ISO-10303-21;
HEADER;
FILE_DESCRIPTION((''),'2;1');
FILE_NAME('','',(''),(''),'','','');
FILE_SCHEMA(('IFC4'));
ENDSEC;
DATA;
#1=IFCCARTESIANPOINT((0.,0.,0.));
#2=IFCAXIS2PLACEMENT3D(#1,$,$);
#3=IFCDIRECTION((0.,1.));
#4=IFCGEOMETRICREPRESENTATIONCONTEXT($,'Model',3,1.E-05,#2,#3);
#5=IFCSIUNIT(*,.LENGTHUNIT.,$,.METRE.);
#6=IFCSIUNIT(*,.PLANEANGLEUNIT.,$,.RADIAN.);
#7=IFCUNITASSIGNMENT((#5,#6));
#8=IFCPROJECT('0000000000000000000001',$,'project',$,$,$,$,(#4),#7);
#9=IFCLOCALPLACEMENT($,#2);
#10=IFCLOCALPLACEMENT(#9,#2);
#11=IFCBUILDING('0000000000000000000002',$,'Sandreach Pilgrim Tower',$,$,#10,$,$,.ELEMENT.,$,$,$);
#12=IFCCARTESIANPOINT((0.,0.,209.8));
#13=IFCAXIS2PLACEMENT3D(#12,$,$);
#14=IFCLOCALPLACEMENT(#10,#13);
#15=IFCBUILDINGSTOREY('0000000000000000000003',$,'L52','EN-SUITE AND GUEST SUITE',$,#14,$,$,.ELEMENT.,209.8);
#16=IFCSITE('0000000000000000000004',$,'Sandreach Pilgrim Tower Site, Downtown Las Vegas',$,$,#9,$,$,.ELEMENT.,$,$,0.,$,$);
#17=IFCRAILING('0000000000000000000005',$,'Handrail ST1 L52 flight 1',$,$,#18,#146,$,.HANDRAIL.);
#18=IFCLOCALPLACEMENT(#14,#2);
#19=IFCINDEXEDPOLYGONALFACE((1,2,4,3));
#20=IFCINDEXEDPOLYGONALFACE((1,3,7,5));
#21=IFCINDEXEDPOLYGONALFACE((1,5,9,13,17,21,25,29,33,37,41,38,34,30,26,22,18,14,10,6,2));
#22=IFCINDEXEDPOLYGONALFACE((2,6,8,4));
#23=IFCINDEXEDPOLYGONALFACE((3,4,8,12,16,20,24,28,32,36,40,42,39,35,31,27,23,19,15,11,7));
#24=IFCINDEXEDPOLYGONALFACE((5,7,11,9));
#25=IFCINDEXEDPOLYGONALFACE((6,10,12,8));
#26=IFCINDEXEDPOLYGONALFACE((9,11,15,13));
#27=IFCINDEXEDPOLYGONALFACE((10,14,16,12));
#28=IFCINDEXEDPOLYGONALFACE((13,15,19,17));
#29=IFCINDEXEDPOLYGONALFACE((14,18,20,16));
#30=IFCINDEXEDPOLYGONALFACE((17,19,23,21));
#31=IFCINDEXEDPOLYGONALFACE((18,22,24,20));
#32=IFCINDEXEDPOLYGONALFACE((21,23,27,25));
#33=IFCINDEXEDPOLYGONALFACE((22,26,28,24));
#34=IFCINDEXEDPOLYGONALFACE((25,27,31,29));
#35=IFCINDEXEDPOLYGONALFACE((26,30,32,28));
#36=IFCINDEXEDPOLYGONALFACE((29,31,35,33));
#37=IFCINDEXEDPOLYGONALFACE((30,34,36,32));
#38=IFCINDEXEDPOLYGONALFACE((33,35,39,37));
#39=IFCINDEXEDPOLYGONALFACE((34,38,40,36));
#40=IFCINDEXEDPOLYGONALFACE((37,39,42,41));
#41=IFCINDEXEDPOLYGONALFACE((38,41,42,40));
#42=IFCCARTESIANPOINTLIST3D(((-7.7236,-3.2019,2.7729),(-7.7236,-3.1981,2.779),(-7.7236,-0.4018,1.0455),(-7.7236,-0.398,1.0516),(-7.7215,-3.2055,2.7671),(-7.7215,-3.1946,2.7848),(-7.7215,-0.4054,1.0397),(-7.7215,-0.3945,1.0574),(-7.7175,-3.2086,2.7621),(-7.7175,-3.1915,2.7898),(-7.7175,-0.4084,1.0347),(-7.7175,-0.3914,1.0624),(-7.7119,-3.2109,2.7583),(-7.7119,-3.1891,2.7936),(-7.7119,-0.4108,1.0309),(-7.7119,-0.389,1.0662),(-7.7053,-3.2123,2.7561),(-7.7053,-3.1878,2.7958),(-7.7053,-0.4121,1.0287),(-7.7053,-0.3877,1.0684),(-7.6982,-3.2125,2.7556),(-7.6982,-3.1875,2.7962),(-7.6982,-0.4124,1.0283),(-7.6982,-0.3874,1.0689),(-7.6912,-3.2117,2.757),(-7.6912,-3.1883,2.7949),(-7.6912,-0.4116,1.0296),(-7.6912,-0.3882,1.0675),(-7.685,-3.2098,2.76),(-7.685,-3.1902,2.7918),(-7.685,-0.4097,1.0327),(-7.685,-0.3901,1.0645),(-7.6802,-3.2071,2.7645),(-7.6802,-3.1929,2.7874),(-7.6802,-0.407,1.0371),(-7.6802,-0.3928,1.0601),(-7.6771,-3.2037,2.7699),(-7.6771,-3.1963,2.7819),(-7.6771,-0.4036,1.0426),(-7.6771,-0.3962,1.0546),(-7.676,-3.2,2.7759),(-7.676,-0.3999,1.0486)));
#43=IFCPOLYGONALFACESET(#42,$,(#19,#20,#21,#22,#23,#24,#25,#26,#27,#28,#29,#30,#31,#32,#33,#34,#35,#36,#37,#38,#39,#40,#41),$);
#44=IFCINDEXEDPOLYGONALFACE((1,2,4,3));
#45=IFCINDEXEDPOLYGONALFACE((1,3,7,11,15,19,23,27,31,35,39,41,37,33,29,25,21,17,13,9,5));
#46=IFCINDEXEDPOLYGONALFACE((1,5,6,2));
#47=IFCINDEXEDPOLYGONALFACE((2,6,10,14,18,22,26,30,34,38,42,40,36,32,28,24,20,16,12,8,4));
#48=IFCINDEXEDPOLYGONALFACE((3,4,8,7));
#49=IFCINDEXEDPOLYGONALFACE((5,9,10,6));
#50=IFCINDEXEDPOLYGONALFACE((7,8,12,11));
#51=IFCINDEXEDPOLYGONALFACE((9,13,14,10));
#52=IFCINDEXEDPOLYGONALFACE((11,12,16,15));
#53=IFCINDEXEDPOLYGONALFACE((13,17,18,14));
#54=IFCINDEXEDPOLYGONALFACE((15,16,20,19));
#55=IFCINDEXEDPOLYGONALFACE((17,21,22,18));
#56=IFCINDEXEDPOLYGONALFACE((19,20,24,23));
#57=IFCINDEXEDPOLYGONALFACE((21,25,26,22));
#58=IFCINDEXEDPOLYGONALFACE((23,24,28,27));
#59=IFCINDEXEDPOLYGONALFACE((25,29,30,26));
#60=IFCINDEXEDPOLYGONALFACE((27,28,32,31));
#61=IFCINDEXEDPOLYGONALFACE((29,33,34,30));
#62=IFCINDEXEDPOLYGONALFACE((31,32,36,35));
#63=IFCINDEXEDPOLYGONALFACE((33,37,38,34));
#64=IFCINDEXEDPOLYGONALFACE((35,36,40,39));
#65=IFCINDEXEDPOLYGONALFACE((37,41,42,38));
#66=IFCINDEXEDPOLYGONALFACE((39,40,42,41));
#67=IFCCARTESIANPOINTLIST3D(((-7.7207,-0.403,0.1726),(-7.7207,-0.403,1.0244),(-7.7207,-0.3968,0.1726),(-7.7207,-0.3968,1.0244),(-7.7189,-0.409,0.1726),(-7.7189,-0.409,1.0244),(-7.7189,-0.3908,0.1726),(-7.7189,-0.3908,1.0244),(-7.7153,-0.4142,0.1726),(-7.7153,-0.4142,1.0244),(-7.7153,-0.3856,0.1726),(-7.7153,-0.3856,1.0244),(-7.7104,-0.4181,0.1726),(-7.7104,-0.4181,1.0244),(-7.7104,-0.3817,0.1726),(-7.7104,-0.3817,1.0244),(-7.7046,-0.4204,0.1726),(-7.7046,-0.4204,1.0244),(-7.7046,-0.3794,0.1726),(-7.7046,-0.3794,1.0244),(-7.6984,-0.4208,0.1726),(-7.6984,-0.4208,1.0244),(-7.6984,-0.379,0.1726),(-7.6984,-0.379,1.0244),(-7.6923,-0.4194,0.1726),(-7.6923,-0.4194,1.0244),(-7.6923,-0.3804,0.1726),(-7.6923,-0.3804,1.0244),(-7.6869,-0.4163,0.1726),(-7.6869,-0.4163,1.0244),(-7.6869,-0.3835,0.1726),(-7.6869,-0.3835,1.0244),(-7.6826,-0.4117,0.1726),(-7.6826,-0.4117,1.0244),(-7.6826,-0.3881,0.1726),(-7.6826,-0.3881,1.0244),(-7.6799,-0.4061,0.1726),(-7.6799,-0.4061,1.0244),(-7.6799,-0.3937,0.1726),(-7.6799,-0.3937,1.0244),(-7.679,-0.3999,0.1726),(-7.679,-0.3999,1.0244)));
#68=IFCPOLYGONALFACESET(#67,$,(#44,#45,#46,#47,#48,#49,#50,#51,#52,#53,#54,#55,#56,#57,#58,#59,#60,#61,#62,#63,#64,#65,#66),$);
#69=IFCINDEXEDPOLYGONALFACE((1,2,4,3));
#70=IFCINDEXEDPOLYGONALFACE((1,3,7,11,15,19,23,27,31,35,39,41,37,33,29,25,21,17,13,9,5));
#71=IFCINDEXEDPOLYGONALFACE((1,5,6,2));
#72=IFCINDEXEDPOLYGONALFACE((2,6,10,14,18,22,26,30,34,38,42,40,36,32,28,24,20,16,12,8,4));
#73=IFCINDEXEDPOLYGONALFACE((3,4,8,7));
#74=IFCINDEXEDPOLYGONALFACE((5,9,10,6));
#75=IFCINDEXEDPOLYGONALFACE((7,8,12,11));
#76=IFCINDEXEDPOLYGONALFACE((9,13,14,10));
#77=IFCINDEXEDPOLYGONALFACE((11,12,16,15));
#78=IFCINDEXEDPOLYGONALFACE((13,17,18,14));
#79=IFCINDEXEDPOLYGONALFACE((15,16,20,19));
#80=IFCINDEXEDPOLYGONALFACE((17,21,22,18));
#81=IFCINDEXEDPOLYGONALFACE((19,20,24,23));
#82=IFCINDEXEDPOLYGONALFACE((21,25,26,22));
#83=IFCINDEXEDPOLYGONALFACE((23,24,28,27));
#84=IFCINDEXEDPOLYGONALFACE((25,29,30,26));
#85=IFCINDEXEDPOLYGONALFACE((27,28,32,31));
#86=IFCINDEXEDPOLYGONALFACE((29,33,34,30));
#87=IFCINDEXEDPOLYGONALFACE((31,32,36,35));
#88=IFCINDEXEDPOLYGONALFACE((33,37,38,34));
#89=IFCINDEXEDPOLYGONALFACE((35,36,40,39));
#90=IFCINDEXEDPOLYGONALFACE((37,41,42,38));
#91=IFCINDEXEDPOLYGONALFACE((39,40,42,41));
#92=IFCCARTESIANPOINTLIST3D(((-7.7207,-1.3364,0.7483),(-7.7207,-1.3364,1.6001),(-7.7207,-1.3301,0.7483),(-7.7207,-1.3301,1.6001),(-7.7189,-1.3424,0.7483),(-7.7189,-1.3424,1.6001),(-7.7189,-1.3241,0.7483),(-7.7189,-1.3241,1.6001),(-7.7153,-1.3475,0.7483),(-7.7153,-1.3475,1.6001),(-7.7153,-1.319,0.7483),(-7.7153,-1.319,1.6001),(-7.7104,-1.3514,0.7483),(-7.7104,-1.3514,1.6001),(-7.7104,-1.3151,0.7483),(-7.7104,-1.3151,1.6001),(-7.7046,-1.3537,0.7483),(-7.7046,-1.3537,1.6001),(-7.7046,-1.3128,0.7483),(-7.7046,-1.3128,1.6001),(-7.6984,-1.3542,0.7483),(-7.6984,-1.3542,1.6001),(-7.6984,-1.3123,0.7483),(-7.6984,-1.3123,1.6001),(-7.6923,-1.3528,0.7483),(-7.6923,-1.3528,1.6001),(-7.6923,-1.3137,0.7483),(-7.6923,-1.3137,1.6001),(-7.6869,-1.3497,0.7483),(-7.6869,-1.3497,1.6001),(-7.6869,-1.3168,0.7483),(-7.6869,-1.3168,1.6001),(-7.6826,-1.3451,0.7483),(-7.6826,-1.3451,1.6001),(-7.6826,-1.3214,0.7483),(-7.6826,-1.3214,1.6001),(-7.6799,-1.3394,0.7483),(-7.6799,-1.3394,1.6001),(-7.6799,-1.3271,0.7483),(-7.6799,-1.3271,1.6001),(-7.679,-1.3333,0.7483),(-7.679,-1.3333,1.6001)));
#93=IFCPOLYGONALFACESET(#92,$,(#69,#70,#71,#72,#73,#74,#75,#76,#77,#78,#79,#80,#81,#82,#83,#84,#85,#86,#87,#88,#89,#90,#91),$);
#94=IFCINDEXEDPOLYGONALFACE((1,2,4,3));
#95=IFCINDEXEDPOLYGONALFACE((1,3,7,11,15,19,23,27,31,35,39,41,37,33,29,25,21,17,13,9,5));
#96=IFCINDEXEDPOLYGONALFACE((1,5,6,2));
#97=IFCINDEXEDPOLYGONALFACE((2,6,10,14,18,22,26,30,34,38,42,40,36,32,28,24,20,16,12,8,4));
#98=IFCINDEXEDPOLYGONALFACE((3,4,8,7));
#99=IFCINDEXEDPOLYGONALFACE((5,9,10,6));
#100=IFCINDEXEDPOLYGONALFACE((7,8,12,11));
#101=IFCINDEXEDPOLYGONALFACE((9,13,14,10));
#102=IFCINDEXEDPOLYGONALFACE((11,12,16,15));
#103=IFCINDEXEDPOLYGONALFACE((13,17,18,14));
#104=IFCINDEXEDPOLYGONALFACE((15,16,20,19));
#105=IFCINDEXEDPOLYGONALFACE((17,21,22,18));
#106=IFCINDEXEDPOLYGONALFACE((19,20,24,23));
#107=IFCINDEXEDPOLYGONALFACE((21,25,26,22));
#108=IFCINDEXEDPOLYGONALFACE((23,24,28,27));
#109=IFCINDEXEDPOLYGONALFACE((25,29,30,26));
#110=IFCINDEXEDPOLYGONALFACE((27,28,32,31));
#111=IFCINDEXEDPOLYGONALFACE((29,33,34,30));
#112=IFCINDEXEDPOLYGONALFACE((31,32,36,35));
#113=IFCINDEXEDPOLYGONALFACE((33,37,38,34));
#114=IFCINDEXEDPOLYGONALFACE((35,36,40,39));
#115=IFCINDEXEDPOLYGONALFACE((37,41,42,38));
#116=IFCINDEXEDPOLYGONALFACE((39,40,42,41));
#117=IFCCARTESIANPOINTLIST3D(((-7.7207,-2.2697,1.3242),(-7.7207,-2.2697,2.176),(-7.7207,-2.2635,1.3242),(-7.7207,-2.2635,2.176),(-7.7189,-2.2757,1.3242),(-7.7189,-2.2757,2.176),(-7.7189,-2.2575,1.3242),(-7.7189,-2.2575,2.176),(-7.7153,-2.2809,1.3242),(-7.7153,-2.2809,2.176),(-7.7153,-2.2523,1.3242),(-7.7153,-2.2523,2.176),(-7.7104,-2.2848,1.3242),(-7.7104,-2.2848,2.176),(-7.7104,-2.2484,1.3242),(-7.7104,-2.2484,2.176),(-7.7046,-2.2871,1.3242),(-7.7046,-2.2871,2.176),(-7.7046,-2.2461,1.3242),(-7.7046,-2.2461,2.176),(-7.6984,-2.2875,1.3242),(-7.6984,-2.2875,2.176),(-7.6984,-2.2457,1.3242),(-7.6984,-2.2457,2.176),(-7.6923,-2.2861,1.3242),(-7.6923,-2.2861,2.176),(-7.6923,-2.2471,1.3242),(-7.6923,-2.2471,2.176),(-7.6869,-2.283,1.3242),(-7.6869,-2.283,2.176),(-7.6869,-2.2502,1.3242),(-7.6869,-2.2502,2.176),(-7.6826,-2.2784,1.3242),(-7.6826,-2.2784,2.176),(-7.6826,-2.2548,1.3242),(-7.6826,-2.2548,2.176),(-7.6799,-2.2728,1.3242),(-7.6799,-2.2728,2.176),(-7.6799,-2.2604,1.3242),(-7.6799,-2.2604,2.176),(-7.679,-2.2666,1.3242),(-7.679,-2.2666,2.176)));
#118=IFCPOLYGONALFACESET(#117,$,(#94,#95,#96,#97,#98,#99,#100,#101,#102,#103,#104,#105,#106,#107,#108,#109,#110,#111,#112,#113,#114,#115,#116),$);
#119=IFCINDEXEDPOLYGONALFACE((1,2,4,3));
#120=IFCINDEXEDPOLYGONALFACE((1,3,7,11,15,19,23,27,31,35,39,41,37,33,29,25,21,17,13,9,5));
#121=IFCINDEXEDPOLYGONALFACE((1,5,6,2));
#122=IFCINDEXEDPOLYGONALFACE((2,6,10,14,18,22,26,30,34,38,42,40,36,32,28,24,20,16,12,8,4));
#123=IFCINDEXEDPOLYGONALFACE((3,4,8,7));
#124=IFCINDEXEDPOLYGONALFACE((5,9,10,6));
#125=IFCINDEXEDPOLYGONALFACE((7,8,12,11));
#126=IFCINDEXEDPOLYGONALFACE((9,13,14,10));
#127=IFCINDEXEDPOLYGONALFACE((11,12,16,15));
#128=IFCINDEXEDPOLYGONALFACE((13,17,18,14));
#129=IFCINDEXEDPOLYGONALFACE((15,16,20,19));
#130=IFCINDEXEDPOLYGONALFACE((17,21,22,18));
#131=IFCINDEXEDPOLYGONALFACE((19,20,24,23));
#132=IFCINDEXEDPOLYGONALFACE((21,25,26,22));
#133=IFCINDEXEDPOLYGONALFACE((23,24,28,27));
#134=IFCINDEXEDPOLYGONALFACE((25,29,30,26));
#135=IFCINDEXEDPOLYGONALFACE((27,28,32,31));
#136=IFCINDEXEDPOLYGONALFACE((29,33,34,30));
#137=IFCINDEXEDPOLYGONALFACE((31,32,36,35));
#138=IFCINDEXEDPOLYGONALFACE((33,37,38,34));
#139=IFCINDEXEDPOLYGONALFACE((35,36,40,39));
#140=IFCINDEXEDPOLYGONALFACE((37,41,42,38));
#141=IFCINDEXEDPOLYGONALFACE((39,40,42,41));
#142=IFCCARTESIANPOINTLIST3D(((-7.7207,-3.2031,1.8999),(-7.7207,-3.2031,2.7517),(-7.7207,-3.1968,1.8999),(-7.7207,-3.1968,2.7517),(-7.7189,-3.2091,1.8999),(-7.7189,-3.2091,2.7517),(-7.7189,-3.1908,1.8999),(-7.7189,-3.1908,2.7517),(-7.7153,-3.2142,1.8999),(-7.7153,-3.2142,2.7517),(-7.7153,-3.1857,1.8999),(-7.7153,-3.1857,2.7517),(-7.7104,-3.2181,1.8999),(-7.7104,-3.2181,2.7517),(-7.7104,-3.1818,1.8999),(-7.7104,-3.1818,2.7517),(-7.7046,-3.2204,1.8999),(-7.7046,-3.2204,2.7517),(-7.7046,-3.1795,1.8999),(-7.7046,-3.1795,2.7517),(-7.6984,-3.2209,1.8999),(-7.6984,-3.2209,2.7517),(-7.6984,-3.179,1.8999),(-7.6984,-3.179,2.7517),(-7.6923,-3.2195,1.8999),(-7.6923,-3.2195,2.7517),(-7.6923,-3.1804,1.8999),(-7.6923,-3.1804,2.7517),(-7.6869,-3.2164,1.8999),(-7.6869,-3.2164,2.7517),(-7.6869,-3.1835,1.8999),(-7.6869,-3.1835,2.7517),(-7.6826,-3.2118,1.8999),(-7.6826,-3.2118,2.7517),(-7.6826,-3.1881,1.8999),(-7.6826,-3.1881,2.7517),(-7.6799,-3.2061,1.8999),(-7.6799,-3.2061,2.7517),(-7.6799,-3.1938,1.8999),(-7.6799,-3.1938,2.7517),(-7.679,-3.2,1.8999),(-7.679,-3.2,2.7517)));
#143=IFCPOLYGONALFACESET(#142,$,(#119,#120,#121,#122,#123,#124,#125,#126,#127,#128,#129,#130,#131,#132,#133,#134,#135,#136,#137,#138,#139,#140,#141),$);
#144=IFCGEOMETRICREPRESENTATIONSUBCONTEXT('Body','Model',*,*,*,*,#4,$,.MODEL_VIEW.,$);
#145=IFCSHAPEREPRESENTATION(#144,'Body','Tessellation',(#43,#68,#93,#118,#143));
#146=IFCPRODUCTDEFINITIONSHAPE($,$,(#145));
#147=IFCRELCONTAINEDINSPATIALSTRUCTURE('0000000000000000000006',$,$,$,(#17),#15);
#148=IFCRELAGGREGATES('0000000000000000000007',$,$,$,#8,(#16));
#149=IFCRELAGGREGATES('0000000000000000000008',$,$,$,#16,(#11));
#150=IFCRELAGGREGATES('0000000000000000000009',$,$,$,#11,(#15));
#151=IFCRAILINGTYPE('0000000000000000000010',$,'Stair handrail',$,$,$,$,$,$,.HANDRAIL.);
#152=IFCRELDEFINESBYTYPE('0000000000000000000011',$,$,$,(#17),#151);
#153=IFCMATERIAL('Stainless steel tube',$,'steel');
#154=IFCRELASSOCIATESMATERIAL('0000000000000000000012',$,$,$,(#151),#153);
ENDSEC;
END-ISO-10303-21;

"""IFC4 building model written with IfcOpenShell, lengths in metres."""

from ifc_helpers import new_model, si_unit, direction, frame, origin, origin_2d, place, context, subcontext, project, spatial, circle, extrude, material, type_object, element, save


model = new_model("IFC4")

# Units and contexts
model_context = context("Model", 3, precision=1e-05, world=origin(), true_north=direction((0.0, 1.0)))
body_context = subcontext(model_context, "Body", "Model", "MODEL_VIEW")
ifc_project = project(units=[si_unit("LENGTHUNIT", "METRE"), si_unit("PLANEANGLEUNIT", "RADIAN")], contexts=[model_context])

# Site, building, storey
site_placement = place(None, origin())
site = spatial("IfcSite", under=ifc_project, at=site_placement, Name="Sandreach Pilgrim Tower Site, Downtown Las Vegas", CompositionType="ELEMENT", RefElevation=0.0)
building_placement = place(site_placement, origin())
building = spatial("IfcBuilding", under=site, at=building_placement, Name="Sandreach Pilgrim Tower", CompositionType="ELEMENT")
storey_placement = place(building_placement, frame((0.0, 0.0, 209.8)))
storey = spatial("IfcBuildingStorey", under=building, at=storey_placement, Name="L52", Description="EN-SUITE AND GUEST SUITE", CompositionType="ELEMENT", Elevation=209.8)

# Railing
ifc_material_1 = material(Name="Stainless steel tube", Category="steel")
railing_type = type_object("IfcRailingType", Name="Stair handrail", PredefinedType="HANDRAIL", material=ifc_material_1)
for number, where, name in (
    (1, (-7.7, -0.3999, 0.1726), "Handrail ST1 L52 flight 1"),
):
    element("IfcRailing", number, at=place(storey_placement, frame(where)), inside=storey, type_object=railing_type, Name=name, PredefinedType="HANDRAIL", context=body_context, shape_type="SweptSolid", body=[
        extrude(circle(Radius=0.0239, at=origin_2d()), frame((0.0, 0.0, 0.876), z_axis=(0.0, -0.85109, 0.52502), x_axis=(1.0, 0.0, 0.0)), (0.0, 0.0, 1.0), 3.29),
        extrude(circle(Radius=0.021, at=origin_2d()), origin(), (0.0, 0.0, 1.0), 0.8518),
        extrude(circle(Radius=0.021, at=origin_2d()), frame((0.0, -0.9333, 0.5757)), (0.0, 0.0, 1.0), 0.8518),
        extrude(circle(Radius=0.021, at=origin_2d()), frame((0.0, -1.8667, 1.1516)), (0.0, 0.0, 1.0), 0.8518),
        extrude(circle(Radius=0.021, at=origin_2d()), frame((0.0, -2.8, 1.7273)), (0.0, 0.0, 1.0), 0.8518),
    ])

save(model, "model.ifc")
